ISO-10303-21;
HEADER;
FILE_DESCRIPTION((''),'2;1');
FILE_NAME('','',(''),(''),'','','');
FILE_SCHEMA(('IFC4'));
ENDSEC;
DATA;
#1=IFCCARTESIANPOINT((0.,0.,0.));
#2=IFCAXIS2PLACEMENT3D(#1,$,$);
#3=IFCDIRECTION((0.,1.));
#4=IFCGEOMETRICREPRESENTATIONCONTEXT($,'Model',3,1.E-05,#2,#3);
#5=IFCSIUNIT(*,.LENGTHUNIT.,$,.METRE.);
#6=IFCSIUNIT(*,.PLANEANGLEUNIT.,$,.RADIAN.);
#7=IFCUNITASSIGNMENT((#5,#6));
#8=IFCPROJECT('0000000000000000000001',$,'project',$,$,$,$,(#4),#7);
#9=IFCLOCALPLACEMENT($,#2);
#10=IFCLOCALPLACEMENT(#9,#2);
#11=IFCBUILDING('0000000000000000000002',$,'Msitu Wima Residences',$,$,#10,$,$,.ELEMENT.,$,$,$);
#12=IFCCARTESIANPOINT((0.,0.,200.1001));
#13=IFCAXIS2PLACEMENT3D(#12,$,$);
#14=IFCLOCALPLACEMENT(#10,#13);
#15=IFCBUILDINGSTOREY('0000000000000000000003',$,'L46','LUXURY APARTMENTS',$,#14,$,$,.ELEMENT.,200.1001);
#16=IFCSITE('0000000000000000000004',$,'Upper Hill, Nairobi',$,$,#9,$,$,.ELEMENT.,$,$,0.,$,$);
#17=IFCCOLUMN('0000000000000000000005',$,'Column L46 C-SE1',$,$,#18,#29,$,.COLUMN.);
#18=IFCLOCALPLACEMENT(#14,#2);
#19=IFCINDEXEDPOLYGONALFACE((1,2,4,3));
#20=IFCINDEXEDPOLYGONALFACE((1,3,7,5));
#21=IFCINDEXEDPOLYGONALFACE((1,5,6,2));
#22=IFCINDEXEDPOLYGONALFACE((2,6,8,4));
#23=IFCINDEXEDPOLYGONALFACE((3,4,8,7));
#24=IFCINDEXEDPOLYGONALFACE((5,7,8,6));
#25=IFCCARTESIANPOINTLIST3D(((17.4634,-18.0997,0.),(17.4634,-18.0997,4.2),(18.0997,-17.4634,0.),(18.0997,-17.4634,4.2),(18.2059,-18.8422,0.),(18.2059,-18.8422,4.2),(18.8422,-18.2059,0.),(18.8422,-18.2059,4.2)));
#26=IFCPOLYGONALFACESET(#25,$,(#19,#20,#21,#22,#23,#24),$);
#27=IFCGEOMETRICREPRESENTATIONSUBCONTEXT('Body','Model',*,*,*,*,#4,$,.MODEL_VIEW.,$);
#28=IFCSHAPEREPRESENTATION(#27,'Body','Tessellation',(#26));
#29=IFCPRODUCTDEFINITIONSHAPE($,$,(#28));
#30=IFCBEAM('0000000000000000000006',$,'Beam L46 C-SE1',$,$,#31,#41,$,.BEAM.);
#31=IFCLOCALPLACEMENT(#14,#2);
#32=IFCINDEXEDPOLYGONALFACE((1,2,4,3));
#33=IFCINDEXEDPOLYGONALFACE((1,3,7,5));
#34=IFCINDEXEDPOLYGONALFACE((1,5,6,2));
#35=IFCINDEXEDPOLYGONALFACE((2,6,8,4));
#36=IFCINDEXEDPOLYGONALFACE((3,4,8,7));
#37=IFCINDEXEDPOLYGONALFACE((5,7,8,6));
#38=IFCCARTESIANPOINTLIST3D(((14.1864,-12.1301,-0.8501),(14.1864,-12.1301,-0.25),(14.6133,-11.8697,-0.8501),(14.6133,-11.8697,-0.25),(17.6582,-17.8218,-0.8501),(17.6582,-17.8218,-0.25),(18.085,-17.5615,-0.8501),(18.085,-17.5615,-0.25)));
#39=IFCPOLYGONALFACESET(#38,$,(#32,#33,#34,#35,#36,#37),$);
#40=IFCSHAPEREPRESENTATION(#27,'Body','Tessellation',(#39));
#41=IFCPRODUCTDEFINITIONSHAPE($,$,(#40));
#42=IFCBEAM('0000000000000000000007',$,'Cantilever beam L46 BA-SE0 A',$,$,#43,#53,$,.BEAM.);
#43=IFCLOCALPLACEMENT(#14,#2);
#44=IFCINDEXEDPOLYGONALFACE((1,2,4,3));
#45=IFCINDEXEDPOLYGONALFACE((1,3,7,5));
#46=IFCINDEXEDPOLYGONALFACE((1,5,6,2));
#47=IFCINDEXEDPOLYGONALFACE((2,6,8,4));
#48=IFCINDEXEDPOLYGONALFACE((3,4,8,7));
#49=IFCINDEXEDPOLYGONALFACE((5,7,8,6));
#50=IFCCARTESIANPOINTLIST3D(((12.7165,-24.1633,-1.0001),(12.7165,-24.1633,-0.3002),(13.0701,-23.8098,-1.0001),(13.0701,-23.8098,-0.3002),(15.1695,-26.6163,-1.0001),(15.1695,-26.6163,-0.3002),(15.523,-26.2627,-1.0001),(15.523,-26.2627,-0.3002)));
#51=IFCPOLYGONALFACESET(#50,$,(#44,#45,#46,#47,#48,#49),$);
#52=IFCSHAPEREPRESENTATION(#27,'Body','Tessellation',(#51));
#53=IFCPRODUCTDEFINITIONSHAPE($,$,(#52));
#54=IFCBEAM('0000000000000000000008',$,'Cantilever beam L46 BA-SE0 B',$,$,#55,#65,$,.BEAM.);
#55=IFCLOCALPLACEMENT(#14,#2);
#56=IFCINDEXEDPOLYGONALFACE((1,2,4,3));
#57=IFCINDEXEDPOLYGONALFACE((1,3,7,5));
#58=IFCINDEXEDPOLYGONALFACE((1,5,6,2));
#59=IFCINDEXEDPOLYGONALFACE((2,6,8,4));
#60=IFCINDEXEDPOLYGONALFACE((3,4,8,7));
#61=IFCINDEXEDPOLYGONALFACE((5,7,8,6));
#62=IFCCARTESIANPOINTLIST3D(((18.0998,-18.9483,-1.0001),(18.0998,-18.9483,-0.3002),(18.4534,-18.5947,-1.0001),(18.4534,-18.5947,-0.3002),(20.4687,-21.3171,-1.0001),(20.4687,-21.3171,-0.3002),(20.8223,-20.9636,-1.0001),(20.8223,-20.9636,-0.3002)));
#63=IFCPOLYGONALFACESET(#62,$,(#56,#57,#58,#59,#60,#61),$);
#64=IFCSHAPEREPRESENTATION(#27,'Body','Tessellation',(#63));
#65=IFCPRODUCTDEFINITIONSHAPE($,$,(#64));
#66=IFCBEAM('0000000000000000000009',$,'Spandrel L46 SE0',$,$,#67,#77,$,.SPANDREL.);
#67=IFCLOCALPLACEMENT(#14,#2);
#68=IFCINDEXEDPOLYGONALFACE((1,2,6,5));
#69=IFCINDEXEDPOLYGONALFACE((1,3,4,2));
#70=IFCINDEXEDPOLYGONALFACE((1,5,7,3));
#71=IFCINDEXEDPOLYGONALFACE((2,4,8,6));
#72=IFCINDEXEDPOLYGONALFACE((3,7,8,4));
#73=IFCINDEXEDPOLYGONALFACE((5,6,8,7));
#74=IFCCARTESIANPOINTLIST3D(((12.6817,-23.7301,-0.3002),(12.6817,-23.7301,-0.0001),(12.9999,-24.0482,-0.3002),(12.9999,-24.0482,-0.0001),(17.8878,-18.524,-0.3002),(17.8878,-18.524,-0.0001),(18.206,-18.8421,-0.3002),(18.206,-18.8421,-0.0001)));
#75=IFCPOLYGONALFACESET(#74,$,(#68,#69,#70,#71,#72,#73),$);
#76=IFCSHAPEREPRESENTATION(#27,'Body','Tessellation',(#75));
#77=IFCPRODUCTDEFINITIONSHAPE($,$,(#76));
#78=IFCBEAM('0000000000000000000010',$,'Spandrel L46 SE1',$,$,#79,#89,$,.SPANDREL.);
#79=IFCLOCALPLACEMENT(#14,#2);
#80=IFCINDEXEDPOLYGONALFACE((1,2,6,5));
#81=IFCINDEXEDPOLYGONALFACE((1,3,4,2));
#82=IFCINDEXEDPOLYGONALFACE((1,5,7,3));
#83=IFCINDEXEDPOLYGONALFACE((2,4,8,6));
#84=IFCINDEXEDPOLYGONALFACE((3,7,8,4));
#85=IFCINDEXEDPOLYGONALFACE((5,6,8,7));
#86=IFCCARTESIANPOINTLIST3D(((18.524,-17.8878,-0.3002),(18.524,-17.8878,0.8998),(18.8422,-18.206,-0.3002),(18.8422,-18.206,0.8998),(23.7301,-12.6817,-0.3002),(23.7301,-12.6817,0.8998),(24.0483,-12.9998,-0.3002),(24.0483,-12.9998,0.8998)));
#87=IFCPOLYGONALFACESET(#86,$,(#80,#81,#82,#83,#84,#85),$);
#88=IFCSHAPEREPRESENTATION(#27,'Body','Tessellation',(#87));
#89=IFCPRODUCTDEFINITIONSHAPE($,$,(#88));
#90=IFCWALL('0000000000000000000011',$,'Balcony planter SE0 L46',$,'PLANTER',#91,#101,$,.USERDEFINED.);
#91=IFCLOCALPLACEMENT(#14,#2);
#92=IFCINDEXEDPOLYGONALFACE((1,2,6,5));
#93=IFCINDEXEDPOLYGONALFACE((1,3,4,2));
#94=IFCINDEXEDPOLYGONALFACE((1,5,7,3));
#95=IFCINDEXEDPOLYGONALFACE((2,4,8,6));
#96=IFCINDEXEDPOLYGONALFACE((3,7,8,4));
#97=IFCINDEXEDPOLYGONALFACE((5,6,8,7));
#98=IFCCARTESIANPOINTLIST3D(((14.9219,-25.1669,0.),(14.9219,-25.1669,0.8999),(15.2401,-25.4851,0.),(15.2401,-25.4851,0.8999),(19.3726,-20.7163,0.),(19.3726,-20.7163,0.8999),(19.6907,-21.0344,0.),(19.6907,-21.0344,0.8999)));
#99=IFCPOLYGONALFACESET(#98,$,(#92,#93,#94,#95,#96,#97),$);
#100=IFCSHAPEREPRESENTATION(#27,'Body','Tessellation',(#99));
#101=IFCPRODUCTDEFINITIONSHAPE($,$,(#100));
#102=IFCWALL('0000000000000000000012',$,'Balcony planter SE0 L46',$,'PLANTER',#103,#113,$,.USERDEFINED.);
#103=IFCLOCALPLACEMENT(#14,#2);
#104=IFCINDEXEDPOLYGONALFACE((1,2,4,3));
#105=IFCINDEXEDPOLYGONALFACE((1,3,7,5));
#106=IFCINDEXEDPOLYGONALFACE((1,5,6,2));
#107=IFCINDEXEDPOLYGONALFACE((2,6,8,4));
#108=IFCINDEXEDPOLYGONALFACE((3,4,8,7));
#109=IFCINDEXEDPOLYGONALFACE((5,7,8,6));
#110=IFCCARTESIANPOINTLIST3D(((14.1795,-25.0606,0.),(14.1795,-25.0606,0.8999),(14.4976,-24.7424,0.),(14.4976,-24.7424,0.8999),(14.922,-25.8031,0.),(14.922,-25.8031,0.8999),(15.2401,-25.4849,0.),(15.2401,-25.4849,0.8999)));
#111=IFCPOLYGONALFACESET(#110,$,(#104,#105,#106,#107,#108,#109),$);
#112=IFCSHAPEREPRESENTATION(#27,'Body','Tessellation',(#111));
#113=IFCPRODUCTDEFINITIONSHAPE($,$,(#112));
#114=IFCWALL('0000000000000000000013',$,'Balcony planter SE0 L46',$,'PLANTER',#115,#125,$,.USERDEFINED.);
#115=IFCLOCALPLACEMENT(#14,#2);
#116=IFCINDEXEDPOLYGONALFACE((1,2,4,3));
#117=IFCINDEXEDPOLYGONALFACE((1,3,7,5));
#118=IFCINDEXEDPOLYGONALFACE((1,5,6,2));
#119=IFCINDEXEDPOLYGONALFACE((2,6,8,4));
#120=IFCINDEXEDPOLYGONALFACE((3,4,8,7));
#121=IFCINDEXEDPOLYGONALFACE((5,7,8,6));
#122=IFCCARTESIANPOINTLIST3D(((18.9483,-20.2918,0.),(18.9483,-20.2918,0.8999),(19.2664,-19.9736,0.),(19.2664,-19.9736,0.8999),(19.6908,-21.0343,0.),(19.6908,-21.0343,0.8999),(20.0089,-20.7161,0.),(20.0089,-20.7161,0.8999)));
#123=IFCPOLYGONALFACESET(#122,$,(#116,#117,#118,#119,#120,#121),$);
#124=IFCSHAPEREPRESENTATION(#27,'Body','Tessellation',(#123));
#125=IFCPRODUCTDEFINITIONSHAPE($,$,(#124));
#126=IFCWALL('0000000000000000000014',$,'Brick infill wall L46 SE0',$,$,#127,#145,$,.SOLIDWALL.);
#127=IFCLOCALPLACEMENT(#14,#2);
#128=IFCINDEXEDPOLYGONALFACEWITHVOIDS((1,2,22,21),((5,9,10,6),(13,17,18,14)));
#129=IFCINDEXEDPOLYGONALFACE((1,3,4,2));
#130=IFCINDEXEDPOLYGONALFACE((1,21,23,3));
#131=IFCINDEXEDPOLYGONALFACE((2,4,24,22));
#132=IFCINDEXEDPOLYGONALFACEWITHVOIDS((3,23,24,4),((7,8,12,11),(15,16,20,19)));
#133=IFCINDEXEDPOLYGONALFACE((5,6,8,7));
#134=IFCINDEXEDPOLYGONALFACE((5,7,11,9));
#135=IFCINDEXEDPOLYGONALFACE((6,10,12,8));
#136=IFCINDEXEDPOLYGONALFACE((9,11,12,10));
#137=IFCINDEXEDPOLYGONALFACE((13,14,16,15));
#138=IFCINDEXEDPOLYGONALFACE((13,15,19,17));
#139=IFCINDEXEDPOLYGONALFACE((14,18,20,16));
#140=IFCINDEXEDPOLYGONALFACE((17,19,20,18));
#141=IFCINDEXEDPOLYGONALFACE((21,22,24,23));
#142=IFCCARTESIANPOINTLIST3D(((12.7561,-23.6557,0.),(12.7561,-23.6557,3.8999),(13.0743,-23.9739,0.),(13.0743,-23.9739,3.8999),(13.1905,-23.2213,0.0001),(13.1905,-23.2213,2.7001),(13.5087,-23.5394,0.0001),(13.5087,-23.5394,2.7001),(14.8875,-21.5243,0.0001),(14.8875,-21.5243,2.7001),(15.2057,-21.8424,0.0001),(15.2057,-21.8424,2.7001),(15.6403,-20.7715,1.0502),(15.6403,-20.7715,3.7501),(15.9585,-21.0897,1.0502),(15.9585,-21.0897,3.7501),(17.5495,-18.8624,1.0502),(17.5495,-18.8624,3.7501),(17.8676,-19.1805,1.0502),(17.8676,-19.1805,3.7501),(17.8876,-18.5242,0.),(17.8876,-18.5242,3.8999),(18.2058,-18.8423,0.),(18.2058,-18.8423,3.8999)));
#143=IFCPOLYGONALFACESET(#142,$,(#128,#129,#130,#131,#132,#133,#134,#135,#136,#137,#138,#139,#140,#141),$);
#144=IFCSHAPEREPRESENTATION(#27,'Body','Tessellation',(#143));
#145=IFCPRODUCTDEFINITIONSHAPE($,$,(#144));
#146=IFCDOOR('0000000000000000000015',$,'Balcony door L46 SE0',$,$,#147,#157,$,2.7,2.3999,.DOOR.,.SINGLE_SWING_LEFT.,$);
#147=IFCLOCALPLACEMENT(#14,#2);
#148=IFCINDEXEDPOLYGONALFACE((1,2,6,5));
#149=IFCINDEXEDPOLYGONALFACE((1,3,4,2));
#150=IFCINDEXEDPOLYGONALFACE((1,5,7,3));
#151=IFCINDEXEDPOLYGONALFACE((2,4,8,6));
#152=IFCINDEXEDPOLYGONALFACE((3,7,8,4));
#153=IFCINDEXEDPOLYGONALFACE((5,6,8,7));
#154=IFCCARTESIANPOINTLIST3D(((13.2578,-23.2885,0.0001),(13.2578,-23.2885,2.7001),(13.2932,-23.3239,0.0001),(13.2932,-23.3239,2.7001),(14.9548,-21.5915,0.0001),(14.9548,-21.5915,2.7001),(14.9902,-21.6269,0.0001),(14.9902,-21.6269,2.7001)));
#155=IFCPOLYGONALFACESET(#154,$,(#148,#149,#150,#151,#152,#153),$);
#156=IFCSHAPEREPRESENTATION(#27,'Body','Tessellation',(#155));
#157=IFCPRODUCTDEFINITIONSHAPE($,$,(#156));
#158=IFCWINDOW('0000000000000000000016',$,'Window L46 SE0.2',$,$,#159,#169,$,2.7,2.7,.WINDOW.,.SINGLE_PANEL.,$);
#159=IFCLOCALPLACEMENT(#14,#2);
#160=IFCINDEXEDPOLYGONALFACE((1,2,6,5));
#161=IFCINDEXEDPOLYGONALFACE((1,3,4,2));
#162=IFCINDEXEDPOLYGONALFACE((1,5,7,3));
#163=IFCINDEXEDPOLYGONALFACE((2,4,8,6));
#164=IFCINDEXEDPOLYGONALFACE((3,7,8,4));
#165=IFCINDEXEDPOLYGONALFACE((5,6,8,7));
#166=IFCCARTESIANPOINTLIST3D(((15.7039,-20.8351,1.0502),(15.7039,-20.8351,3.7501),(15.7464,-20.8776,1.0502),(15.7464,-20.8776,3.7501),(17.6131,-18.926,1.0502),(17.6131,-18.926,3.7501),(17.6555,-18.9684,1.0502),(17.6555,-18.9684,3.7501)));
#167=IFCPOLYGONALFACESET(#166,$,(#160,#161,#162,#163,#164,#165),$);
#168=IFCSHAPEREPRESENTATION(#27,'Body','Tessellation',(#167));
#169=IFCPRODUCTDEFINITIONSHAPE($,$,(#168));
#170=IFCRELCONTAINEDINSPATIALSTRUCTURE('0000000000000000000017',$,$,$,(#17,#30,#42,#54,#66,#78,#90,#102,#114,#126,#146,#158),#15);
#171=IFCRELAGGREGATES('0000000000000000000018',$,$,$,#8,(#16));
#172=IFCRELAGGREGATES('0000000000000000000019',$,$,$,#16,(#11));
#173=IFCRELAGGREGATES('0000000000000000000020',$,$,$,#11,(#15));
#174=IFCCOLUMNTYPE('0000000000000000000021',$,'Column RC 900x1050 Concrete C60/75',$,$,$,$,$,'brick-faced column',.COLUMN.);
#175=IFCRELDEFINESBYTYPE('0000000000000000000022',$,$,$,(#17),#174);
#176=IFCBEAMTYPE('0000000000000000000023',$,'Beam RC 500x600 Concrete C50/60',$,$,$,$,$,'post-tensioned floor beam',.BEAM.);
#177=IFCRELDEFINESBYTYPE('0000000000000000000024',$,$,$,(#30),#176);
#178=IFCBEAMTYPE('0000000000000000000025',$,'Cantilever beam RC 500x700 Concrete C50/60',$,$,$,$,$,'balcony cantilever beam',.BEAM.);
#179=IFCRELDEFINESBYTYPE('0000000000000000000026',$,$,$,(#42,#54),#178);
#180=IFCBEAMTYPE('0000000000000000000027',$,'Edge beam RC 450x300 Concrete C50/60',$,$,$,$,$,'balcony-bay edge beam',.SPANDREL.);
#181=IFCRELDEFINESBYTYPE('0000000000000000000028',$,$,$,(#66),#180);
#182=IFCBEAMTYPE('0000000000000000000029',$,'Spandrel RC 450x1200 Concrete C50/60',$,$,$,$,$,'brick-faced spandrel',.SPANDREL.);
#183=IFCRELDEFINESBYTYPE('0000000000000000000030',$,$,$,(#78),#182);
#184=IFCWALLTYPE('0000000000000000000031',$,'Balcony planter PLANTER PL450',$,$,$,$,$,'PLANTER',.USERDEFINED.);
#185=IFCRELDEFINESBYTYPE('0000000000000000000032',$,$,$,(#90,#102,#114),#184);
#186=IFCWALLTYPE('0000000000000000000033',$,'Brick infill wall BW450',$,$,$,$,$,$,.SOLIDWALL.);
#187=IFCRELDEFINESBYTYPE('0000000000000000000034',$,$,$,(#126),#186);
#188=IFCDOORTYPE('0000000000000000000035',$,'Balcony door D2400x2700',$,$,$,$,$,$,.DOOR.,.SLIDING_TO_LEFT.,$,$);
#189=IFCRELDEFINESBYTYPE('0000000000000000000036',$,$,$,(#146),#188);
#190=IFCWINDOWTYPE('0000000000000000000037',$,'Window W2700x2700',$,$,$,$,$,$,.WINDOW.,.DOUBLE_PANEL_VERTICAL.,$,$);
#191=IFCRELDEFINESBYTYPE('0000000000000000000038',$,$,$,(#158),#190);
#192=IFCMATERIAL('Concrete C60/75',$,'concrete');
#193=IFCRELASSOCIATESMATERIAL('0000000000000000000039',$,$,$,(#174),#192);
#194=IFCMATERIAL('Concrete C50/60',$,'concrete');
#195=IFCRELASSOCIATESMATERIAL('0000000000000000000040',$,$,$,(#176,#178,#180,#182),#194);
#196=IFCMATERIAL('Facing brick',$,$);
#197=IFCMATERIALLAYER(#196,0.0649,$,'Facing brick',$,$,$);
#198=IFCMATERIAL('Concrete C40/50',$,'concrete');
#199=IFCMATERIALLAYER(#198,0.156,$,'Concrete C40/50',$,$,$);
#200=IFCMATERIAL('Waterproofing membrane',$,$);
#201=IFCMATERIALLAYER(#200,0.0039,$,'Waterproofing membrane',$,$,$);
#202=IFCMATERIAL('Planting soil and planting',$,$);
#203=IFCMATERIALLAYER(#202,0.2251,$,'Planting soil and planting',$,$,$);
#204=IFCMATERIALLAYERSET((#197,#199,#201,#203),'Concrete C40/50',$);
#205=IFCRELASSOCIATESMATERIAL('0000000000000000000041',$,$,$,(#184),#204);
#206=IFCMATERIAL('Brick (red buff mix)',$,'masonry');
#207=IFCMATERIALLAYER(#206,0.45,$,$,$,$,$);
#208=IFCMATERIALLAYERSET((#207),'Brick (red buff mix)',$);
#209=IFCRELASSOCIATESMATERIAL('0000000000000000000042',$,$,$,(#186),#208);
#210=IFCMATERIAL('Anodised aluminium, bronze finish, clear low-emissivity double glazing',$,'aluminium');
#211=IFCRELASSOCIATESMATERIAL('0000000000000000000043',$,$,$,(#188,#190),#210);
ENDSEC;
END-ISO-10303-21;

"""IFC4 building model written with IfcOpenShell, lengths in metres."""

from ifc_helpers import new_model, si_unit, direction, frame, frame_2d, origin, origin_2d, place, context, subcontext, project, spatial, rectangle, extrude, material, layer, layer_set, material_profile, profile_set, type_object, element, fill, save


model = new_model("IFC4")

# Units and contexts
model_context = context("Model", 3, precision=1e-05, world=origin(), true_north=direction((0.0, 1.0)))
body_context = subcontext(model_context, "Body", "Model", "MODEL_VIEW")
ifc_project = project(units=[si_unit("LENGTHUNIT", "METRE"), si_unit("PLANEANGLEUNIT", "RADIAN")], contexts=[model_context])

# Site, building, storey
site_placement = place(None, origin())
site = spatial("IfcSite", under=ifc_project, at=site_placement, Name="Upper Hill, Nairobi", CompositionType="ELEMENT", RefElevation=0.0)
building_placement = place(site_placement, origin())
building = spatial("IfcBuilding", under=site, at=building_placement, Name="Msitu Wima Residences", CompositionType="ELEMENT")
storey_placement = place(building_placement, frame((0.0, 0.0, 200.1001)))
storey = spatial("IfcBuildingStorey", under=building, at=storey_placement, Name="L46", Description="LUXURY APARTMENTS", CompositionType="ELEMENT", Elevation=200.1001)

# Column
ifc_material_1 = material(Name="Concrete C60/75", Category="concrete")
ifc_material_profile_1 = material_profile(ifc_material_1, rectangle(XDim=0.8999, YDim=1.05, at=origin_2d()), Name="RC 900x1050")
ifc_profile_set_1 = profile_set([ifc_material_profile_1], Name="Concrete C60/75")
column_type = type_object("IfcColumnType", Name="Column RC 900x1050 Concrete C60/75", ElementType="brick-faced column", PredefinedType="COLUMN", material=ifc_profile_set_1)
column_placement = place(storey_placement, frame((18.1528, -18.1528, 0.0), z_axis=(0.0, 0.0, 1.0), x_axis=(0.707107, 0.707107, 0.0)))
element("IfcColumn", 1, at=column_placement, inside=storey, type_object=column_type, Name="Column L46 C-SE1", PredefinedType="COLUMN", context=body_context, shape_type="SweptSolid", body=[
    extrude(rectangle(XDim=0.8999, YDim=1.05, at=origin_2d()), origin(), (0.0, 0.0, 1.0), 4.2),
])

# Beams
ifc_material_2 = material(Name="Concrete C50/60", Category="concrete")
ifc_material_profile_2 = material_profile(ifc_material_2, rectangle(XDim=0.5, YDim=0.6001, at=origin_2d()), Name="RC 500x600")
ifc_profile_set_2 = profile_set([ifc_material_profile_2], Name="Concrete C50/60")
beam_type_1 = type_object("IfcBeamType", Name="Beam RC 500x600 Concrete C50/60", ElementType="post-tensioned floor beam", PredefinedType="BEAM", material=ifc_profile_set_2)
beam_1_placement = place(storey_placement, frame((17.8716, -17.6917, -0.55), z_axis=(-0.520734, 0.853719, 0.0), x_axis=(-0.853719, -0.520734, 0.0)))
element("IfcBeam", 2, at=beam_1_placement, inside=storey, type_object=beam_type_1, Name="Beam L46 C-SE1", PredefinedType="BEAM", context=body_context, shape_type="SweptSolid", body=[
    extrude(rectangle(XDim=0.5, YDim=0.6001, at=origin_2d()), origin(), (0.0, 0.0, 1.0), 6.667),
])
ifc_material_profile_3 = material_profile(ifc_material_2, rectangle(XDim=0.5, YDim=0.7, at=origin_2d()), Name="RC 500x700")
ifc_profile_set_3 = profile_set([ifc_material_profile_3], Name="Concrete C50/60")
beam_type_2 = type_object("IfcBeamType", Name="Cantilever beam RC 500x700 Concrete C50/60", ElementType="balcony cantilever beam", PredefinedType="BEAM", material=ifc_profile_set_3)
beam_2_placement = place(storey_placement, frame((12.8933, -23.9866, -0.6501), z_axis=(0.707107, -0.707107, 0.0), x_axis=(0.707107, 0.707107, 0.0)))
element("IfcBeam", 3, at=beam_2_placement, inside=storey, type_object=beam_type_2, Name="Cantilever beam L46 BA-SE0 A", PredefinedType="BEAM", context=body_context, shape_type="SweptSolid", body=[
    extrude(rectangle(XDim=0.5, YDim=0.7, at=origin_2d()), origin(), (0.0, 0.0, 1.0), 3.469),
])
beam_3_placement = place(storey_placement, frame((18.2766, -18.7715, -0.6501), z_axis=(0.707107, -0.707107, 0.0), x_axis=(0.707107, 0.707107, 0.0)))
element("IfcBeam", 4, at=beam_3_placement, inside=storey, type_object=beam_type_2, Name="Cantilever beam L46 BA-SE0 B", PredefinedType="BEAM", context=body_context, shape_type="SweptSolid", body=[
    extrude(rectangle(XDim=0.5, YDim=0.7, at=origin_2d()), origin(), (0.0, 0.0, 1.0), 3.3501),
])
ifc_material_profile_4 = material_profile(ifc_material_2, rectangle(XDim=0.45, YDim=0.3, at=origin_2d()), Name="RC 450x300")
ifc_profile_set_4 = profile_set([ifc_material_profile_4], Name="Concrete C50/60")
beam_type_3 = type_object("IfcBeamType", Name="Edge beam RC 450x300 Concrete C50/60", ElementType="balcony-bay edge beam", PredefinedType="SPANDREL", material=ifc_profile_set_4)
beam_4_placement = place(storey_placement, frame((12.8408, -23.8892, -0.1501), z_axis=(0.707107, 0.707107, 0.0), x_axis=(-0.707107, 0.707107, 0.0)))
element("IfcBeam", 5, at=beam_4_placement, inside=storey, type_object=beam_type_3, Name="Spandrel L46 SE0", PredefinedType="SPANDREL", context=body_context, shape_type="SweptSolid", body=[
    extrude(rectangle(XDim=0.45, YDim=0.3, at=origin_2d()), origin(), (0.0, 0.0, 1.0), 7.3625),
])
ifc_material_profile_5 = material_profile(ifc_material_2, rectangle(XDim=0.45, YDim=1.2, at=origin_2d()), Name="RC 450x1200")
ifc_profile_set_5 = profile_set([ifc_material_profile_5], Name="Concrete C50/60")
beam_type_4 = type_object("IfcBeamType", Name="Spandrel RC 450x1200 Concrete C50/60", ElementType="brick-faced spandrel", PredefinedType="SPANDREL", material=ifc_profile_set_5)
beam_5_placement = place(storey_placement, frame((18.6831, -18.0469, 0.2998), z_axis=(0.707107, 0.707107, 0.0), x_axis=(-0.707107, 0.707107, 0.0)))
element("IfcBeam", 6, at=beam_5_placement, inside=storey, type_object=beam_type_4, Name="Spandrel L46 SE1", PredefinedType="SPANDREL", context=body_context, shape_type="SweptSolid", body=[
    extrude(rectangle(XDim=0.45, YDim=1.2, at=origin_2d()), origin(), (0.0, 0.0, 1.0), 7.3625),
])

# Walls
ifc_material_3 = material(Name="Facing brick")
ifc_layer_1 = layer(ifc_material_3, 0.0649, Name="Facing brick")
ifc_material_4 = material(Name="Concrete C40/50", Category="concrete")
ifc_layer_2 = layer(ifc_material_4, 0.156, Name="Concrete C40/50")
ifc_material_5 = material(Name="Waterproofing membrane")
ifc_layer_3 = layer(ifc_material_5, 0.0039, Name="Waterproofing membrane")
ifc_material_6 = material(Name="Planting soil and planting")
ifc_layer_4 = layer(ifc_material_6, 0.2251, Name="Planting soil and planting")
ifc_layer_set_1 = layer_set([ifc_layer_1, ifc_layer_2, ifc_layer_3, ifc_layer_4], Name="Concrete C40/50")
wall_type_1 = type_object("IfcWallType", Name="Balcony planter PLANTER PL450", ElementType="PLANTER", PredefinedType="USERDEFINED", material=ifc_layer_set_1)
wall_1_placement = place(storey_placement, frame((15.0811, -25.3259, 0.0), z_axis=(0.0, 0.0, 1.0), x_axis=(0.707107, 0.707107, 0.0)))
element("IfcWall", 7, at=wall_1_placement, inside=storey, type_object=wall_type_1, Name="Balcony planter SE0 L46", ObjectType="PLANTER", PredefinedType="USERDEFINED", context=body_context, shape_type="SweptSolid", body=[
    extrude(rectangle(XDim=6.2942, YDim=0.45, at=frame_2d((3.147, 0.0))), origin(), (0.0, 0.0, 1.0), 0.8999),
])
for number, where, z_axis, x_axis, name in (
    (8, (14.3386, -24.9016, 0.0), (0.0, 0.0, 1.0), (0.707107, -0.707107, 0.0), "Balcony planter SE0 L46"),
    (9, (19.1074, -20.1328, 0.0), (0.0, 0.0, 1.0), (0.707107, -0.707107, 0.0), "Balcony planter SE0 L46"),
):
    element("IfcWall", number, at=place(storey_placement, frame(where, z_axis=z_axis, x_axis=x_axis)), inside=storey, type_object=wall_type_1, Name=name, ObjectType="PLANTER", PredefinedType="USERDEFINED", context=body_context, shape_type="SweptSolid", body=[
        extrude(rectangle(XDim=1.05, YDim=0.45, at=frame_2d((0.5249, 0.0))), origin(), (0.0, 0.0, 1.0), 0.8999),
    ])

# Wall, openings, door, window
ifc_material_7 = material(Name="Brick (red buff mix)", Category="masonry")
ifc_layer_5 = layer(ifc_material_7, 0.45)
ifc_layer_set_2 = layer_set([ifc_layer_5], Name="Brick (red buff mix)")
wall_type_2 = type_object("IfcWallType", Name="Brick infill wall BW450", PredefinedType="SOLIDWALL", material=ifc_layer_set_2)
wall_2_placement = place(storey_placement, frame((12.9153, -23.8147, 0.0), z_axis=(0.0, 0.0, 1.0), x_axis=(0.707107, 0.707107, 0.0)))
wall_2 = element("IfcWall", 10, at=wall_2_placement, inside=storey, type_object=wall_type_2, Name="Brick infill wall L46 SE0", PredefinedType="SOLIDWALL", context=body_context, shape_type="SweptSolid", body=[
    extrude(rectangle(XDim=7.2571, YDim=0.45, at=frame_2d((3.6284, 0.0))), origin(), (0.0, 0.0, 1.0), 3.8999),
])
opening_1_placement = place(wall_2_placement, frame((0.6143, 0.0, 0.0)))
opening_1 = element("IfcOpeningElement", 11, at=opening_1_placement, cuts=wall_2, PredefinedType="OPENING", context=body_context, shape_type="SweptSolid", body=[
    extrude(rectangle(XDim=2.3999, YDim=2.7, at=frame_2d((1.2, 1.3501))), frame((0.0, 0.2349, 0.0), z_axis=(0.0, -1.0, 0.0), x_axis=(1.0, 0.0, 0.0)), (0.0, 0.0, 1.0), 0.47),
])
opening_2_placement = place(wall_2_placement, frame((4.0786, 0.0, 1.05)))
opening_2 = element("IfcOpeningElement", 12, at=opening_2_placement, cuts=wall_2, PredefinedType="OPENING", context=body_context, shape_type="SweptSolid", body=[
    extrude(rectangle(XDim=2.7, YDim=2.7, at=frame_2d((1.3501, 1.3501))), frame((0.0, 0.2349, 0.0), z_axis=(0.0, -1.0, 0.0), x_axis=(1.0, 0.0, 0.0)), (0.0, 0.0, 1.0), 0.47),
])
ifc_material_8 = material(Name="Anodised aluminium, bronze finish, clear low-emissivity double glazing", Category="aluminium")
door_type_1 = type_object("IfcDoorType", Name="Balcony door D2400x2700", OperationType="SLIDING_TO_LEFT", PredefinedType="DOOR", material=ifc_material_8)
door_1_placement = place(opening_1_placement, origin())
door_1 = element("IfcDoor", 13, at=door_1_placement, inside=storey, type_object=door_type_1, Name="Balcony door L46 SE0", OperationType="SINGLE_SWING_LEFT", OverallHeight=2.7, OverallWidth=2.3999, PredefinedType="DOOR", context=body_context, shape_type="SweptSolid", body=[
    extrude(rectangle(XDim=2.3999, YDim=2.7, at=frame_2d((1.2, 1.3501))), frame((0.0, 0.1299, 0.0), z_axis=(0.0, -1.0, 0.0), x_axis=(1.0, 0.0, 0.0)), (0.0, 0.0, 1.0), 0.05),
])
fill(opening_1, door_1)
window_type = type_object("IfcWindowType", Name="Window W2700x2700", PartitioningType="DOUBLE_PANEL_VERTICAL", PredefinedType="WINDOW", material=ifc_material_8)
window_1_placement = place(opening_2_placement, origin())
window_1 = element("IfcWindow", 14, at=window_1_placement, inside=storey, type_object=window_type, Name="Window L46 SE0.2", OverallHeight=2.7, OverallWidth=2.7, PartitioningType="SINGLE_PANEL", PredefinedType="WINDOW", context=body_context, shape_type="SweptSolid", body=[
    extrude(rectangle(XDim=2.7, YDim=2.7, at=frame_2d((1.3501, 1.3501))), frame((0.0, 0.135, 0.0), z_axis=(0.0, -1.0, 0.0), x_axis=(1.0, 0.0, 0.0)), (0.0, 0.0, 1.0), 0.0601),
])
fill(opening_2, window_1)

save(model, "model.ifc")
